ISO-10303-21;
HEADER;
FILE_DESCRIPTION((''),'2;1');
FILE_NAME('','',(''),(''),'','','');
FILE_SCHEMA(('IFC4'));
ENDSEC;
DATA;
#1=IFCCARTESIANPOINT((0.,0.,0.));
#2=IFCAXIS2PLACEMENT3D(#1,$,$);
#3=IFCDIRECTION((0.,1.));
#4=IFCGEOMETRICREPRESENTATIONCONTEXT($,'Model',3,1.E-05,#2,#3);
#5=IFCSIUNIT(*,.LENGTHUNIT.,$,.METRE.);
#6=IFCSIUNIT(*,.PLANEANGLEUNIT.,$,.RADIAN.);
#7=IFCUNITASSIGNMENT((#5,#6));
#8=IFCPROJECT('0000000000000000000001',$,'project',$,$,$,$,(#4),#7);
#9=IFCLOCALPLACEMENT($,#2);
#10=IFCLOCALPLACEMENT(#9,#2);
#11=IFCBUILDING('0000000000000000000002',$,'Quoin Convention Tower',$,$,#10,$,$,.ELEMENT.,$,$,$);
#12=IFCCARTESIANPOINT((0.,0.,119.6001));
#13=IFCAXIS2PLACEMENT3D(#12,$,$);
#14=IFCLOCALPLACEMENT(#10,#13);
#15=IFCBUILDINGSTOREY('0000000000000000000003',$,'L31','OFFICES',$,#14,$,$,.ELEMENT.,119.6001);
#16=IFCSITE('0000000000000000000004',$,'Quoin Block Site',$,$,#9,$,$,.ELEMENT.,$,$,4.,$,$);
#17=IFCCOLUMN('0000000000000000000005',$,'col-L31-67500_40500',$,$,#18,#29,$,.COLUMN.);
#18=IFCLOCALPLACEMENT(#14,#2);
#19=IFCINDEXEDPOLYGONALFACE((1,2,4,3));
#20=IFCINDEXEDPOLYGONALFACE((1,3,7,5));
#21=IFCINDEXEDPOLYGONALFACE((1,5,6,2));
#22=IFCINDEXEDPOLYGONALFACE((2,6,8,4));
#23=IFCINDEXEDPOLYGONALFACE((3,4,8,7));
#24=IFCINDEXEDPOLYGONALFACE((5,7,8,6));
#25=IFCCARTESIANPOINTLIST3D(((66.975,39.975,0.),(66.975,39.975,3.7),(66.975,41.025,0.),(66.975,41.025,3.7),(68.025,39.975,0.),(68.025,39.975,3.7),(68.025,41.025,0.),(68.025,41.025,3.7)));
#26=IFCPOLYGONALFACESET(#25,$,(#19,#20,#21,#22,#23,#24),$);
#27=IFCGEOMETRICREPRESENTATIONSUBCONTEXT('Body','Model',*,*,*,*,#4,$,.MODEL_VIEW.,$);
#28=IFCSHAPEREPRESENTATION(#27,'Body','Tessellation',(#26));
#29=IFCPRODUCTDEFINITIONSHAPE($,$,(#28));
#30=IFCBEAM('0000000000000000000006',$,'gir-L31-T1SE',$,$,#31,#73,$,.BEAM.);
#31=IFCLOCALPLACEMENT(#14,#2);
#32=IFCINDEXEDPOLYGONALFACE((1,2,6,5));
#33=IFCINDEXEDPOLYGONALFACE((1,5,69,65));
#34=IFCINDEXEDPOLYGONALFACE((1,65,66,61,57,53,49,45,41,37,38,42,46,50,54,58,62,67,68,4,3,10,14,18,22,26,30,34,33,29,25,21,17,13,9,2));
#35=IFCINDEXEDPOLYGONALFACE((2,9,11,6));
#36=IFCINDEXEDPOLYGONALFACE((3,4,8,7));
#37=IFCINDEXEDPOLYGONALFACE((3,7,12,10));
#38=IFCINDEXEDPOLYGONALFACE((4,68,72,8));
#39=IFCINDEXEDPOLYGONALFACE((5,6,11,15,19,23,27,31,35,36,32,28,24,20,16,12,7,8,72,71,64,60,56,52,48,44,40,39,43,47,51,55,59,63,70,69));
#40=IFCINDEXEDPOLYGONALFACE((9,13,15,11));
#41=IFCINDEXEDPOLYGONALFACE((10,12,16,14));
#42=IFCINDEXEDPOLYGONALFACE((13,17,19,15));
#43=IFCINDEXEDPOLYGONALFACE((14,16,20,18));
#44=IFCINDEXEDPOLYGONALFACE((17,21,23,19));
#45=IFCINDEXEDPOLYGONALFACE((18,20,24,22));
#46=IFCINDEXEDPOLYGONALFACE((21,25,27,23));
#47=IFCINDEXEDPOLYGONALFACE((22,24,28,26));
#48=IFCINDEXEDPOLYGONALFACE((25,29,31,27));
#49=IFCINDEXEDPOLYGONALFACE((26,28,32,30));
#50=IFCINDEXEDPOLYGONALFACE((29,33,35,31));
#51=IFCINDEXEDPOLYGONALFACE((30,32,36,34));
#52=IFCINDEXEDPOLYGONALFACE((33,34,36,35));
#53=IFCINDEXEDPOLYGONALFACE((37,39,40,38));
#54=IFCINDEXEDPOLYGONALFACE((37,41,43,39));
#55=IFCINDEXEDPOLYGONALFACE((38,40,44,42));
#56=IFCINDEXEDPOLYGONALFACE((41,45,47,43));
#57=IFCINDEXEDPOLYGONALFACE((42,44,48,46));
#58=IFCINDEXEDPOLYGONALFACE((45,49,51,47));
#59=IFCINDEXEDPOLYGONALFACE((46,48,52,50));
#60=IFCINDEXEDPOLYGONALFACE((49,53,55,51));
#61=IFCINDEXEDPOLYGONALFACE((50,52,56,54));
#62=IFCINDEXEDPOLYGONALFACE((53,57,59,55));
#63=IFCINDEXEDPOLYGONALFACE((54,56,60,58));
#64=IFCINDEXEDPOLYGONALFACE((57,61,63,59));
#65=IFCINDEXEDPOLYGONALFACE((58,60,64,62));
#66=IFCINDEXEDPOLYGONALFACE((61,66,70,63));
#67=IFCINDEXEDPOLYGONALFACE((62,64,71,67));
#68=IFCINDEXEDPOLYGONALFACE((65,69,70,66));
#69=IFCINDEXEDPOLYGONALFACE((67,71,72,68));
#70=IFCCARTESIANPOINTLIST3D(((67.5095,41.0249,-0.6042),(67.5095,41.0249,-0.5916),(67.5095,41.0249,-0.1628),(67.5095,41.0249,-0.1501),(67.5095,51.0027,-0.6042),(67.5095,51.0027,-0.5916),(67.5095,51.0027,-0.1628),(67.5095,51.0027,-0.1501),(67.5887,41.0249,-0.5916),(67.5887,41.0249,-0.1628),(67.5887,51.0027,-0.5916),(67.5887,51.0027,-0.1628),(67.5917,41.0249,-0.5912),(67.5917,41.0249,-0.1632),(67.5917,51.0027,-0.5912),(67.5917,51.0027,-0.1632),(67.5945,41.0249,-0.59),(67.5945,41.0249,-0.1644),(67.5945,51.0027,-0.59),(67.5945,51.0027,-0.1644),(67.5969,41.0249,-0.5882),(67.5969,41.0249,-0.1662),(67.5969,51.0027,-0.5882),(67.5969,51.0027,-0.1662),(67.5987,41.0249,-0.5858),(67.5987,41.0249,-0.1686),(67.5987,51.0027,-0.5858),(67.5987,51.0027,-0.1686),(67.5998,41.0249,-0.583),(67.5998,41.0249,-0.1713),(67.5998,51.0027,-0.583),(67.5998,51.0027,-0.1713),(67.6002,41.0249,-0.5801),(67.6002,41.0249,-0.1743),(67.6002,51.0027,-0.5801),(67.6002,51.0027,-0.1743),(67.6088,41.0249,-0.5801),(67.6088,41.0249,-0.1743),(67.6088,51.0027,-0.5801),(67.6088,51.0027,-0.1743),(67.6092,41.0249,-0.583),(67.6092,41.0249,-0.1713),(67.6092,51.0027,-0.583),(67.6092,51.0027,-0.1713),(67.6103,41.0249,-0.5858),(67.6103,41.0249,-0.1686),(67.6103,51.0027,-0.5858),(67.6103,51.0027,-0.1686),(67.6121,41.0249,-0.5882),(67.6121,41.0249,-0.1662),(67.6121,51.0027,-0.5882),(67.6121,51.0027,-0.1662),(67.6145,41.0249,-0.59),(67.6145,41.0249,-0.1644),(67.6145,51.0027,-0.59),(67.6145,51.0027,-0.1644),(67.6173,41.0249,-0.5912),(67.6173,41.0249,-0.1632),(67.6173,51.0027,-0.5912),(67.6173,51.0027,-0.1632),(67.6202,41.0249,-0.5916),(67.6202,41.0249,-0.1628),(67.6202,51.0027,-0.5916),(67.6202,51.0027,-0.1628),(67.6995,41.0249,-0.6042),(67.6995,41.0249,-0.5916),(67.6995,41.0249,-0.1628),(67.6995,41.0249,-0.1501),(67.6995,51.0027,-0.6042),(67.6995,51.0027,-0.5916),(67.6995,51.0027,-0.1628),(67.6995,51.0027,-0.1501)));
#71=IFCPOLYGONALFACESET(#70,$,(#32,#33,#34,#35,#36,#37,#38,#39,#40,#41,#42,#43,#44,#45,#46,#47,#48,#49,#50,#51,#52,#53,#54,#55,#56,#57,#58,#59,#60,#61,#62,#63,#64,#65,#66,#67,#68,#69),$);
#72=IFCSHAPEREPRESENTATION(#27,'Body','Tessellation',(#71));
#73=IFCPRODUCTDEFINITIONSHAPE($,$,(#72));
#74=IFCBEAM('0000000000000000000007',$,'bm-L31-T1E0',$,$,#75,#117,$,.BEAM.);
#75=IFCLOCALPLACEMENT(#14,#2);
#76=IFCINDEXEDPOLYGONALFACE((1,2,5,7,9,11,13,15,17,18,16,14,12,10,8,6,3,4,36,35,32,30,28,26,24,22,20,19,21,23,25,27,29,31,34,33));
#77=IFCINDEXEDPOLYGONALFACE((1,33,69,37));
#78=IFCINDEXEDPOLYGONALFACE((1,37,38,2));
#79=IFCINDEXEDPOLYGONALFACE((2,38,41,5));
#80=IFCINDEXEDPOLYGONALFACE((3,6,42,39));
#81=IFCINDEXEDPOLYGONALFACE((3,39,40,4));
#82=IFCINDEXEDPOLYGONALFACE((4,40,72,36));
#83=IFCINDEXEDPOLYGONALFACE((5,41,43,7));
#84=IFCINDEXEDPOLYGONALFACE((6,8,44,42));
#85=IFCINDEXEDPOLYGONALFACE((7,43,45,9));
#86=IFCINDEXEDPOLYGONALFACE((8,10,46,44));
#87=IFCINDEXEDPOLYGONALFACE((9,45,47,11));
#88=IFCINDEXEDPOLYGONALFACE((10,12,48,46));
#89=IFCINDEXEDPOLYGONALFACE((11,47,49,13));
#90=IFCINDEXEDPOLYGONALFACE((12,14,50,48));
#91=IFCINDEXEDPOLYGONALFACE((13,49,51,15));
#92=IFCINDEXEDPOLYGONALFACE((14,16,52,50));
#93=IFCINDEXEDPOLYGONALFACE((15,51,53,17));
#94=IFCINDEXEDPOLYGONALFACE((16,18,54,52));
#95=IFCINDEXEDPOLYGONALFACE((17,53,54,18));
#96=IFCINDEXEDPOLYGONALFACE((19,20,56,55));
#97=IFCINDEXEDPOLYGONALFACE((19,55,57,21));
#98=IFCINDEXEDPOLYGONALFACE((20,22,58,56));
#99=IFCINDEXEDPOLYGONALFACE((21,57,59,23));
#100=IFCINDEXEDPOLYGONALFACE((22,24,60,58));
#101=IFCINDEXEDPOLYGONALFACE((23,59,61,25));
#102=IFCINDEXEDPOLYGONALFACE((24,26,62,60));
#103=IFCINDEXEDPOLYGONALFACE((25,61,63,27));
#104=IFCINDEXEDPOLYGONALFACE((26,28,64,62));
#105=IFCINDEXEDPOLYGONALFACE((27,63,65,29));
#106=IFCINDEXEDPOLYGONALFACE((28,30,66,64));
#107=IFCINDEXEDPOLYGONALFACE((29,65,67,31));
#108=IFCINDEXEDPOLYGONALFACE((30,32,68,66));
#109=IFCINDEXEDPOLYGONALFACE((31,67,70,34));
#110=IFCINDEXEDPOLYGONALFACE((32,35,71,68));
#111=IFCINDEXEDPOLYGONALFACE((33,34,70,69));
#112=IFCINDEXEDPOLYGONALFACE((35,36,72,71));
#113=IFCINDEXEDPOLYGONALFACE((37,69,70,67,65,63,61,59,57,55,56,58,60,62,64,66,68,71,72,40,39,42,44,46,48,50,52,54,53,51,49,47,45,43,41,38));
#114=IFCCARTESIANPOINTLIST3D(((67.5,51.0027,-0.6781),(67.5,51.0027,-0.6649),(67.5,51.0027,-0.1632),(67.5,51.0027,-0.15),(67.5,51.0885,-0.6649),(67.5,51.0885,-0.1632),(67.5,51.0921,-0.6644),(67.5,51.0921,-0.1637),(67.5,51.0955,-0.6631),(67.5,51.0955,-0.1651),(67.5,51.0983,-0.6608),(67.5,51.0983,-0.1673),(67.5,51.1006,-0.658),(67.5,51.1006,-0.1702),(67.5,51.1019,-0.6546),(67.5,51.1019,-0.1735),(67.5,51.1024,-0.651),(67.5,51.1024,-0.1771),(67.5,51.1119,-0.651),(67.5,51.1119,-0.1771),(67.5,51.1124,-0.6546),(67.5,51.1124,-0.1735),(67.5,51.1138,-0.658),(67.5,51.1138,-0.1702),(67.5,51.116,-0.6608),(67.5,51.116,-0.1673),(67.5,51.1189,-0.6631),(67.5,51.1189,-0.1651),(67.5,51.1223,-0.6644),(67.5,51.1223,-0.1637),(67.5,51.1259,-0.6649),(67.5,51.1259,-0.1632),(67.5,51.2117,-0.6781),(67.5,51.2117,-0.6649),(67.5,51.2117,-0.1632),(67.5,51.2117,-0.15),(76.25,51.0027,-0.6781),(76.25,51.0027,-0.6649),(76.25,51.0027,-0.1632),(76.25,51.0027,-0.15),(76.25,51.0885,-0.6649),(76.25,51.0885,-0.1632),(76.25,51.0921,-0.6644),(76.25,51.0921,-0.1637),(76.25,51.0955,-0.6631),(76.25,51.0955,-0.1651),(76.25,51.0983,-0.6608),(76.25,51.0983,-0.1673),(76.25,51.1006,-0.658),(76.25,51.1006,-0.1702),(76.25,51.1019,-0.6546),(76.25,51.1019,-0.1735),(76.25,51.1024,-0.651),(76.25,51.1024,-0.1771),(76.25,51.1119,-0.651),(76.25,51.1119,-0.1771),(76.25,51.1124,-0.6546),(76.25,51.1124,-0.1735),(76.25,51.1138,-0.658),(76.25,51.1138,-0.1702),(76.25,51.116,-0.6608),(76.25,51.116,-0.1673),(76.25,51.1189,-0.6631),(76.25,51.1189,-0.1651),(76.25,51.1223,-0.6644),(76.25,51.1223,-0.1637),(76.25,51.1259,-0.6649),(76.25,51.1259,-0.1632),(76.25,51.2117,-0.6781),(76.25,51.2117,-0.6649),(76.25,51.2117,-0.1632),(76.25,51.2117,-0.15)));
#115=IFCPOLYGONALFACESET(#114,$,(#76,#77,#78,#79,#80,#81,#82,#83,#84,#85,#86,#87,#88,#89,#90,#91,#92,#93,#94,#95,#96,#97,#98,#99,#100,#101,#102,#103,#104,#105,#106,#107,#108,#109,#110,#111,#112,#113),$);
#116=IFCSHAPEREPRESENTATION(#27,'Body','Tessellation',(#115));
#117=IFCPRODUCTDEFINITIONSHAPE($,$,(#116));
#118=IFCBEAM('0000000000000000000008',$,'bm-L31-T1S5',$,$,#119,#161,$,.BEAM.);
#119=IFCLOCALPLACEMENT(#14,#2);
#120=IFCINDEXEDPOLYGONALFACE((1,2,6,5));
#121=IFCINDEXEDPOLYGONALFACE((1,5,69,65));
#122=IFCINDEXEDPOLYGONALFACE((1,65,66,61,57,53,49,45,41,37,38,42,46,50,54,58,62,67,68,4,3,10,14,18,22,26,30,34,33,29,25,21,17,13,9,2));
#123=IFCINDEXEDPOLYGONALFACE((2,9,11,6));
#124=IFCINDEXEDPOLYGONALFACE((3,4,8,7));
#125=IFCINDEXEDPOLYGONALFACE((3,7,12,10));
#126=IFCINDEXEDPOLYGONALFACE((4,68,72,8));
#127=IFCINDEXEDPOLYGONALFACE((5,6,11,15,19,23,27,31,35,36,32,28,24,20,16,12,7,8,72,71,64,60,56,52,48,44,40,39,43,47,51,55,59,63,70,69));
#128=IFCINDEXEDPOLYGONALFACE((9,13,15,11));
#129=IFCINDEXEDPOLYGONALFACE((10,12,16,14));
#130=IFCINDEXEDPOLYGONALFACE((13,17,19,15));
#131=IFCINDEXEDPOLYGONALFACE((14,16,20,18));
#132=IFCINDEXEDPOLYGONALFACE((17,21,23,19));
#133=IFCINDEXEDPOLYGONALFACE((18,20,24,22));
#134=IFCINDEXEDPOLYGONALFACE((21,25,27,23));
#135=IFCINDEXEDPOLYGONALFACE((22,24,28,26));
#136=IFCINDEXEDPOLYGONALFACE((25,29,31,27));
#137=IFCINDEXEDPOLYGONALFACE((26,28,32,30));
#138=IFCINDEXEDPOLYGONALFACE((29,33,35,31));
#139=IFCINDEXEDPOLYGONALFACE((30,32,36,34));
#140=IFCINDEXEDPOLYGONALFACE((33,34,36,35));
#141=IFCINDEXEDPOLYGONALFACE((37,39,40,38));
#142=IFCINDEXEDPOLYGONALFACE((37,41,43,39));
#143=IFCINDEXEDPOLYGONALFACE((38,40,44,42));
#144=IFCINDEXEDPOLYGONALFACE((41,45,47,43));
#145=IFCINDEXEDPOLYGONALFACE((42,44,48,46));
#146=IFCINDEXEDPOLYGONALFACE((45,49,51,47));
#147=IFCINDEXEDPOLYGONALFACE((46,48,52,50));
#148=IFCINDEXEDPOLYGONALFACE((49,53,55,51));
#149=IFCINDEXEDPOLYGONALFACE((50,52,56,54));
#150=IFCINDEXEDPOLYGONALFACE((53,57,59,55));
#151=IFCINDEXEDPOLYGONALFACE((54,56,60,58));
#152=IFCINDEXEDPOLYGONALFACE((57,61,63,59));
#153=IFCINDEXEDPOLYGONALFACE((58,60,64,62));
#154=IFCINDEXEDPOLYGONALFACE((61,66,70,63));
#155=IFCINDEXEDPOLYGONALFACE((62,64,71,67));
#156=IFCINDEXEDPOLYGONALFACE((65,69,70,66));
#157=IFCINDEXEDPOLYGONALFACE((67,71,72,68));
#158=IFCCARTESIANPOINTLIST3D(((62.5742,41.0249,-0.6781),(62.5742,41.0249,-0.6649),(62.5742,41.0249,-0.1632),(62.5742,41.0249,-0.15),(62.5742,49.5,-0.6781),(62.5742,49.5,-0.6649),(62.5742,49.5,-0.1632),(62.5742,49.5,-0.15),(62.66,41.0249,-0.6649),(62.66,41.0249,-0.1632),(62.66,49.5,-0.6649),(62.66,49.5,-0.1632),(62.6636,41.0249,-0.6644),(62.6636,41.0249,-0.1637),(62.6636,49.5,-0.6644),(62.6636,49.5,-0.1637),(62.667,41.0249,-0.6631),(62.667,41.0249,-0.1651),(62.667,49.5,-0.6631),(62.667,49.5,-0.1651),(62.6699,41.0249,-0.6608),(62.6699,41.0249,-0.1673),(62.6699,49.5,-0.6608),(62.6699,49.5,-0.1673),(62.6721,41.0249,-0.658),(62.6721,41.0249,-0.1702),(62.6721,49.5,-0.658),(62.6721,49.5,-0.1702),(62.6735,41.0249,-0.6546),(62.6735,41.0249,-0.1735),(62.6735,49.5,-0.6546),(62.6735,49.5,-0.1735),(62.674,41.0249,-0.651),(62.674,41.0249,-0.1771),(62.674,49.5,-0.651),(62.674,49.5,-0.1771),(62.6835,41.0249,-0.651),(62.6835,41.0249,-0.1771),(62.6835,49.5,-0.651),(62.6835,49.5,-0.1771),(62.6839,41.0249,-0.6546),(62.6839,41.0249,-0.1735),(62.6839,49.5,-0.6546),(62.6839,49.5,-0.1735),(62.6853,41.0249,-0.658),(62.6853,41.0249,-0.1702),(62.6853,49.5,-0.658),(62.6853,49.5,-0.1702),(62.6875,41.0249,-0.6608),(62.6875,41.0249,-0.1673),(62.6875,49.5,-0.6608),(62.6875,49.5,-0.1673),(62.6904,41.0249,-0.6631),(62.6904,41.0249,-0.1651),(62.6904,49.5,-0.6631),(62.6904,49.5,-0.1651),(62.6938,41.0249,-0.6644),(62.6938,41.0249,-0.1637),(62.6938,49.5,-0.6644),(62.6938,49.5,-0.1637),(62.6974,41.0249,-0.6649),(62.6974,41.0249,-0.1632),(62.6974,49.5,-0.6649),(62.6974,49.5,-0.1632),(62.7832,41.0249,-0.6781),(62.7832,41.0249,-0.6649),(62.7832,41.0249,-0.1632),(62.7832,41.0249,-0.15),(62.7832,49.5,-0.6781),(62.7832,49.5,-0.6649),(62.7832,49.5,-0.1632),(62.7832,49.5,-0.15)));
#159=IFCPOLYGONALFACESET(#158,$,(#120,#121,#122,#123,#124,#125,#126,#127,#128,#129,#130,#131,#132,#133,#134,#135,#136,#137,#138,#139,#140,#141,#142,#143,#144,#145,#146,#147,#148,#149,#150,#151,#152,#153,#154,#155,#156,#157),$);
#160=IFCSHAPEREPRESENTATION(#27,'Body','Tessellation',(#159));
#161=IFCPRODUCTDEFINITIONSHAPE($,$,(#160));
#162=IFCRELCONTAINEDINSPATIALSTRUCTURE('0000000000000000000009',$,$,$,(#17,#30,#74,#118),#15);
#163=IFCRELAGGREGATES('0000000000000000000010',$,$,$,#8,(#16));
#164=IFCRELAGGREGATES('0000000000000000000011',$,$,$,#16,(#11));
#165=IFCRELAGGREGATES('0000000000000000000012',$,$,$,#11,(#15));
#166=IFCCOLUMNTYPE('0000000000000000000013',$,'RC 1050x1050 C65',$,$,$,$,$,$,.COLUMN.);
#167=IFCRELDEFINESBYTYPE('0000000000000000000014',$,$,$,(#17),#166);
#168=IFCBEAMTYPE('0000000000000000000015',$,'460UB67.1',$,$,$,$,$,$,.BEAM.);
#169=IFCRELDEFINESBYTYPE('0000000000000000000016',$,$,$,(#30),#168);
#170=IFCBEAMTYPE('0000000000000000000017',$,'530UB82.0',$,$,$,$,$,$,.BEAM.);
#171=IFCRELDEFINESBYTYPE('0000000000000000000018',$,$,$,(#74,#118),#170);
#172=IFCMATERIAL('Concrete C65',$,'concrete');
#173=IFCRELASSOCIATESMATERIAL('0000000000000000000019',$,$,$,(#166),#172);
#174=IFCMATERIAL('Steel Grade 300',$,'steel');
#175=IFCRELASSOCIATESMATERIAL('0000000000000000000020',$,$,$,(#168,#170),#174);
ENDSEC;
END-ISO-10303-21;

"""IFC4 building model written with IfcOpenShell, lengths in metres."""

from ifc_helpers import new_model, si_unit, direction, frame, origin, origin_2d, place, context, subcontext, project, spatial, rectangle, i_section, extrude, material, material_profile, profile_set, type_object, element, save


model = new_model("IFC4")

# Units and contexts
model_context = context("Model", 3, precision=1e-05, world=origin(), true_north=direction((0.0, 1.0)))
body_context = subcontext(model_context, "Body", "Model", "MODEL_VIEW")
ifc_project = project(units=[si_unit("LENGTHUNIT", "METRE"), si_unit("PLANEANGLEUNIT", "RADIAN")], contexts=[model_context])

# Site, building, storey
site_placement = place(None, origin())
site = spatial("IfcSite", under=ifc_project, at=site_placement, Name="Quoin Block Site", CompositionType="ELEMENT", RefElevation=4.0)
building_placement = place(site_placement, origin())
building = spatial("IfcBuilding", under=site, at=building_placement, Name="Quoin Convention Tower", CompositionType="ELEMENT")
storey_placement = place(building_placement, frame((0.0, 0.0, 119.6001)))
storey = spatial("IfcBuildingStorey", under=building, at=storey_placement, Name="L31", Description="OFFICES", CompositionType="ELEMENT", Elevation=119.6001)

# Column
ifc_material_1 = material(Name="Concrete C65", Category="concrete")
ifc_material_profile_1 = material_profile(ifc_material_1, rectangle(XDim=1.05, YDim=1.05, at=origin_2d()), Name="RC 1050x1050")
ifc_profile_set_1 = profile_set([ifc_material_profile_1], Name="Concrete C65")
column_type = type_object("IfcColumnType", Name="RC 1050x1050 C65", PredefinedType="COLUMN", material=ifc_profile_set_1)
column_placement = place(storey_placement, frame((67.5, 40.5, 0.0), z_axis=(0.0, 0.0, 1.0), x_axis=(1.0, 0.0, 0.0)))
element("IfcColumn", 1, at=column_placement, inside=storey, type_object=column_type, Name="col-L31-67500_40500", PredefinedType="COLUMN", context=body_context, shape_type="SweptSolid", body=[
    extrude(rectangle(XDim=1.05, YDim=1.05, at=origin_2d()), origin(), (0.0, 0.0, 1.0), 3.7),
])

# Beams
ifc_material_2 = material(Name="Steel Grade 300", Category="steel")
ifc_material_profile_2 = material_profile(ifc_material_2, i_section(OverallWidth=0.1899, OverallDepth=0.4541, WebThickness=0.0085, FlangeThickness=0.0127, FilletRadius=0.0115, at=origin_2d()), Name="460UB67.1")
ifc_profile_set_2 = profile_set([ifc_material_profile_2], Name="Steel Grade 300")
beam_type_1 = type_object("IfcBeamType", Name="460UB67.1", PredefinedType="BEAM", material=ifc_profile_set_2)
beam_1_placement = place(storey_placement, frame((67.6045, 41.0249, -0.3772), z_axis=(0.0, 1.0, 0.0), x_axis=(-1.0, 0.0, 0.0)))
element("IfcBeam", 2, at=beam_1_placement, inside=storey, type_object=beam_type_1, Name="gir-L31-T1SE", PredefinedType="BEAM", context=body_context, shape_type="SweptSolid", body=[
    extrude(i_section(OverallWidth=0.1899, OverallDepth=0.4541, WebThickness=0.0085, FlangeThickness=0.0127, FilletRadius=0.0115, at=origin_2d()), origin(), (0.0, 0.0, 1.0), 9.9778),
])
ifc_material_profile_3 = material_profile(ifc_material_2, i_section(OverallWidth=0.209, OverallDepth=0.5281, WebThickness=0.0095, FlangeThickness=0.0132, FilletRadius=0.0139, at=origin_2d()), Name="530UB82.0")
ifc_profile_set_3 = profile_set([ifc_material_profile_3], Name="Steel Grade 300")
beam_type_2 = type_object("IfcBeamType", Name="530UB82.0", PredefinedType="BEAM", material=ifc_profile_set_3)
beam_2_placement = place(storey_placement, frame((67.5, 51.1072, -0.4141), z_axis=(1.0, 0.0, 0.0), x_axis=(0.0, 1.0, 0.0)))
element("IfcBeam", 3, at=beam_2_placement, inside=storey, type_object=beam_type_2, Name="bm-L31-T1E0", PredefinedType="BEAM", context=body_context, shape_type="SweptSolid", body=[
    extrude(i_section(OverallWidth=0.209, OverallDepth=0.5281, WebThickness=0.0095, FlangeThickness=0.0132, FilletRadius=0.0139, at=origin_2d()), origin(), (0.0, 0.0, 1.0), 8.75),
])
beam_3_placement = place(storey_placement, frame((62.6787, 41.0249, -0.4141), z_axis=(0.0, 1.0, 0.0), x_axis=(-1.0, 0.0, 0.0)))
element("IfcBeam", 4, at=beam_3_placement, inside=storey, type_object=beam_type_2, Name="bm-L31-T1S5", PredefinedType="BEAM", context=body_context, shape_type="SweptSolid", body=[
    extrude(i_section(OverallWidth=0.209, OverallDepth=0.5281, WebThickness=0.0095, FlangeThickness=0.0132, FilletRadius=0.0139, at=origin_2d()), origin(), (0.0, 0.0, 1.0), 8.4751),
])

save(model, "model.ifc")
